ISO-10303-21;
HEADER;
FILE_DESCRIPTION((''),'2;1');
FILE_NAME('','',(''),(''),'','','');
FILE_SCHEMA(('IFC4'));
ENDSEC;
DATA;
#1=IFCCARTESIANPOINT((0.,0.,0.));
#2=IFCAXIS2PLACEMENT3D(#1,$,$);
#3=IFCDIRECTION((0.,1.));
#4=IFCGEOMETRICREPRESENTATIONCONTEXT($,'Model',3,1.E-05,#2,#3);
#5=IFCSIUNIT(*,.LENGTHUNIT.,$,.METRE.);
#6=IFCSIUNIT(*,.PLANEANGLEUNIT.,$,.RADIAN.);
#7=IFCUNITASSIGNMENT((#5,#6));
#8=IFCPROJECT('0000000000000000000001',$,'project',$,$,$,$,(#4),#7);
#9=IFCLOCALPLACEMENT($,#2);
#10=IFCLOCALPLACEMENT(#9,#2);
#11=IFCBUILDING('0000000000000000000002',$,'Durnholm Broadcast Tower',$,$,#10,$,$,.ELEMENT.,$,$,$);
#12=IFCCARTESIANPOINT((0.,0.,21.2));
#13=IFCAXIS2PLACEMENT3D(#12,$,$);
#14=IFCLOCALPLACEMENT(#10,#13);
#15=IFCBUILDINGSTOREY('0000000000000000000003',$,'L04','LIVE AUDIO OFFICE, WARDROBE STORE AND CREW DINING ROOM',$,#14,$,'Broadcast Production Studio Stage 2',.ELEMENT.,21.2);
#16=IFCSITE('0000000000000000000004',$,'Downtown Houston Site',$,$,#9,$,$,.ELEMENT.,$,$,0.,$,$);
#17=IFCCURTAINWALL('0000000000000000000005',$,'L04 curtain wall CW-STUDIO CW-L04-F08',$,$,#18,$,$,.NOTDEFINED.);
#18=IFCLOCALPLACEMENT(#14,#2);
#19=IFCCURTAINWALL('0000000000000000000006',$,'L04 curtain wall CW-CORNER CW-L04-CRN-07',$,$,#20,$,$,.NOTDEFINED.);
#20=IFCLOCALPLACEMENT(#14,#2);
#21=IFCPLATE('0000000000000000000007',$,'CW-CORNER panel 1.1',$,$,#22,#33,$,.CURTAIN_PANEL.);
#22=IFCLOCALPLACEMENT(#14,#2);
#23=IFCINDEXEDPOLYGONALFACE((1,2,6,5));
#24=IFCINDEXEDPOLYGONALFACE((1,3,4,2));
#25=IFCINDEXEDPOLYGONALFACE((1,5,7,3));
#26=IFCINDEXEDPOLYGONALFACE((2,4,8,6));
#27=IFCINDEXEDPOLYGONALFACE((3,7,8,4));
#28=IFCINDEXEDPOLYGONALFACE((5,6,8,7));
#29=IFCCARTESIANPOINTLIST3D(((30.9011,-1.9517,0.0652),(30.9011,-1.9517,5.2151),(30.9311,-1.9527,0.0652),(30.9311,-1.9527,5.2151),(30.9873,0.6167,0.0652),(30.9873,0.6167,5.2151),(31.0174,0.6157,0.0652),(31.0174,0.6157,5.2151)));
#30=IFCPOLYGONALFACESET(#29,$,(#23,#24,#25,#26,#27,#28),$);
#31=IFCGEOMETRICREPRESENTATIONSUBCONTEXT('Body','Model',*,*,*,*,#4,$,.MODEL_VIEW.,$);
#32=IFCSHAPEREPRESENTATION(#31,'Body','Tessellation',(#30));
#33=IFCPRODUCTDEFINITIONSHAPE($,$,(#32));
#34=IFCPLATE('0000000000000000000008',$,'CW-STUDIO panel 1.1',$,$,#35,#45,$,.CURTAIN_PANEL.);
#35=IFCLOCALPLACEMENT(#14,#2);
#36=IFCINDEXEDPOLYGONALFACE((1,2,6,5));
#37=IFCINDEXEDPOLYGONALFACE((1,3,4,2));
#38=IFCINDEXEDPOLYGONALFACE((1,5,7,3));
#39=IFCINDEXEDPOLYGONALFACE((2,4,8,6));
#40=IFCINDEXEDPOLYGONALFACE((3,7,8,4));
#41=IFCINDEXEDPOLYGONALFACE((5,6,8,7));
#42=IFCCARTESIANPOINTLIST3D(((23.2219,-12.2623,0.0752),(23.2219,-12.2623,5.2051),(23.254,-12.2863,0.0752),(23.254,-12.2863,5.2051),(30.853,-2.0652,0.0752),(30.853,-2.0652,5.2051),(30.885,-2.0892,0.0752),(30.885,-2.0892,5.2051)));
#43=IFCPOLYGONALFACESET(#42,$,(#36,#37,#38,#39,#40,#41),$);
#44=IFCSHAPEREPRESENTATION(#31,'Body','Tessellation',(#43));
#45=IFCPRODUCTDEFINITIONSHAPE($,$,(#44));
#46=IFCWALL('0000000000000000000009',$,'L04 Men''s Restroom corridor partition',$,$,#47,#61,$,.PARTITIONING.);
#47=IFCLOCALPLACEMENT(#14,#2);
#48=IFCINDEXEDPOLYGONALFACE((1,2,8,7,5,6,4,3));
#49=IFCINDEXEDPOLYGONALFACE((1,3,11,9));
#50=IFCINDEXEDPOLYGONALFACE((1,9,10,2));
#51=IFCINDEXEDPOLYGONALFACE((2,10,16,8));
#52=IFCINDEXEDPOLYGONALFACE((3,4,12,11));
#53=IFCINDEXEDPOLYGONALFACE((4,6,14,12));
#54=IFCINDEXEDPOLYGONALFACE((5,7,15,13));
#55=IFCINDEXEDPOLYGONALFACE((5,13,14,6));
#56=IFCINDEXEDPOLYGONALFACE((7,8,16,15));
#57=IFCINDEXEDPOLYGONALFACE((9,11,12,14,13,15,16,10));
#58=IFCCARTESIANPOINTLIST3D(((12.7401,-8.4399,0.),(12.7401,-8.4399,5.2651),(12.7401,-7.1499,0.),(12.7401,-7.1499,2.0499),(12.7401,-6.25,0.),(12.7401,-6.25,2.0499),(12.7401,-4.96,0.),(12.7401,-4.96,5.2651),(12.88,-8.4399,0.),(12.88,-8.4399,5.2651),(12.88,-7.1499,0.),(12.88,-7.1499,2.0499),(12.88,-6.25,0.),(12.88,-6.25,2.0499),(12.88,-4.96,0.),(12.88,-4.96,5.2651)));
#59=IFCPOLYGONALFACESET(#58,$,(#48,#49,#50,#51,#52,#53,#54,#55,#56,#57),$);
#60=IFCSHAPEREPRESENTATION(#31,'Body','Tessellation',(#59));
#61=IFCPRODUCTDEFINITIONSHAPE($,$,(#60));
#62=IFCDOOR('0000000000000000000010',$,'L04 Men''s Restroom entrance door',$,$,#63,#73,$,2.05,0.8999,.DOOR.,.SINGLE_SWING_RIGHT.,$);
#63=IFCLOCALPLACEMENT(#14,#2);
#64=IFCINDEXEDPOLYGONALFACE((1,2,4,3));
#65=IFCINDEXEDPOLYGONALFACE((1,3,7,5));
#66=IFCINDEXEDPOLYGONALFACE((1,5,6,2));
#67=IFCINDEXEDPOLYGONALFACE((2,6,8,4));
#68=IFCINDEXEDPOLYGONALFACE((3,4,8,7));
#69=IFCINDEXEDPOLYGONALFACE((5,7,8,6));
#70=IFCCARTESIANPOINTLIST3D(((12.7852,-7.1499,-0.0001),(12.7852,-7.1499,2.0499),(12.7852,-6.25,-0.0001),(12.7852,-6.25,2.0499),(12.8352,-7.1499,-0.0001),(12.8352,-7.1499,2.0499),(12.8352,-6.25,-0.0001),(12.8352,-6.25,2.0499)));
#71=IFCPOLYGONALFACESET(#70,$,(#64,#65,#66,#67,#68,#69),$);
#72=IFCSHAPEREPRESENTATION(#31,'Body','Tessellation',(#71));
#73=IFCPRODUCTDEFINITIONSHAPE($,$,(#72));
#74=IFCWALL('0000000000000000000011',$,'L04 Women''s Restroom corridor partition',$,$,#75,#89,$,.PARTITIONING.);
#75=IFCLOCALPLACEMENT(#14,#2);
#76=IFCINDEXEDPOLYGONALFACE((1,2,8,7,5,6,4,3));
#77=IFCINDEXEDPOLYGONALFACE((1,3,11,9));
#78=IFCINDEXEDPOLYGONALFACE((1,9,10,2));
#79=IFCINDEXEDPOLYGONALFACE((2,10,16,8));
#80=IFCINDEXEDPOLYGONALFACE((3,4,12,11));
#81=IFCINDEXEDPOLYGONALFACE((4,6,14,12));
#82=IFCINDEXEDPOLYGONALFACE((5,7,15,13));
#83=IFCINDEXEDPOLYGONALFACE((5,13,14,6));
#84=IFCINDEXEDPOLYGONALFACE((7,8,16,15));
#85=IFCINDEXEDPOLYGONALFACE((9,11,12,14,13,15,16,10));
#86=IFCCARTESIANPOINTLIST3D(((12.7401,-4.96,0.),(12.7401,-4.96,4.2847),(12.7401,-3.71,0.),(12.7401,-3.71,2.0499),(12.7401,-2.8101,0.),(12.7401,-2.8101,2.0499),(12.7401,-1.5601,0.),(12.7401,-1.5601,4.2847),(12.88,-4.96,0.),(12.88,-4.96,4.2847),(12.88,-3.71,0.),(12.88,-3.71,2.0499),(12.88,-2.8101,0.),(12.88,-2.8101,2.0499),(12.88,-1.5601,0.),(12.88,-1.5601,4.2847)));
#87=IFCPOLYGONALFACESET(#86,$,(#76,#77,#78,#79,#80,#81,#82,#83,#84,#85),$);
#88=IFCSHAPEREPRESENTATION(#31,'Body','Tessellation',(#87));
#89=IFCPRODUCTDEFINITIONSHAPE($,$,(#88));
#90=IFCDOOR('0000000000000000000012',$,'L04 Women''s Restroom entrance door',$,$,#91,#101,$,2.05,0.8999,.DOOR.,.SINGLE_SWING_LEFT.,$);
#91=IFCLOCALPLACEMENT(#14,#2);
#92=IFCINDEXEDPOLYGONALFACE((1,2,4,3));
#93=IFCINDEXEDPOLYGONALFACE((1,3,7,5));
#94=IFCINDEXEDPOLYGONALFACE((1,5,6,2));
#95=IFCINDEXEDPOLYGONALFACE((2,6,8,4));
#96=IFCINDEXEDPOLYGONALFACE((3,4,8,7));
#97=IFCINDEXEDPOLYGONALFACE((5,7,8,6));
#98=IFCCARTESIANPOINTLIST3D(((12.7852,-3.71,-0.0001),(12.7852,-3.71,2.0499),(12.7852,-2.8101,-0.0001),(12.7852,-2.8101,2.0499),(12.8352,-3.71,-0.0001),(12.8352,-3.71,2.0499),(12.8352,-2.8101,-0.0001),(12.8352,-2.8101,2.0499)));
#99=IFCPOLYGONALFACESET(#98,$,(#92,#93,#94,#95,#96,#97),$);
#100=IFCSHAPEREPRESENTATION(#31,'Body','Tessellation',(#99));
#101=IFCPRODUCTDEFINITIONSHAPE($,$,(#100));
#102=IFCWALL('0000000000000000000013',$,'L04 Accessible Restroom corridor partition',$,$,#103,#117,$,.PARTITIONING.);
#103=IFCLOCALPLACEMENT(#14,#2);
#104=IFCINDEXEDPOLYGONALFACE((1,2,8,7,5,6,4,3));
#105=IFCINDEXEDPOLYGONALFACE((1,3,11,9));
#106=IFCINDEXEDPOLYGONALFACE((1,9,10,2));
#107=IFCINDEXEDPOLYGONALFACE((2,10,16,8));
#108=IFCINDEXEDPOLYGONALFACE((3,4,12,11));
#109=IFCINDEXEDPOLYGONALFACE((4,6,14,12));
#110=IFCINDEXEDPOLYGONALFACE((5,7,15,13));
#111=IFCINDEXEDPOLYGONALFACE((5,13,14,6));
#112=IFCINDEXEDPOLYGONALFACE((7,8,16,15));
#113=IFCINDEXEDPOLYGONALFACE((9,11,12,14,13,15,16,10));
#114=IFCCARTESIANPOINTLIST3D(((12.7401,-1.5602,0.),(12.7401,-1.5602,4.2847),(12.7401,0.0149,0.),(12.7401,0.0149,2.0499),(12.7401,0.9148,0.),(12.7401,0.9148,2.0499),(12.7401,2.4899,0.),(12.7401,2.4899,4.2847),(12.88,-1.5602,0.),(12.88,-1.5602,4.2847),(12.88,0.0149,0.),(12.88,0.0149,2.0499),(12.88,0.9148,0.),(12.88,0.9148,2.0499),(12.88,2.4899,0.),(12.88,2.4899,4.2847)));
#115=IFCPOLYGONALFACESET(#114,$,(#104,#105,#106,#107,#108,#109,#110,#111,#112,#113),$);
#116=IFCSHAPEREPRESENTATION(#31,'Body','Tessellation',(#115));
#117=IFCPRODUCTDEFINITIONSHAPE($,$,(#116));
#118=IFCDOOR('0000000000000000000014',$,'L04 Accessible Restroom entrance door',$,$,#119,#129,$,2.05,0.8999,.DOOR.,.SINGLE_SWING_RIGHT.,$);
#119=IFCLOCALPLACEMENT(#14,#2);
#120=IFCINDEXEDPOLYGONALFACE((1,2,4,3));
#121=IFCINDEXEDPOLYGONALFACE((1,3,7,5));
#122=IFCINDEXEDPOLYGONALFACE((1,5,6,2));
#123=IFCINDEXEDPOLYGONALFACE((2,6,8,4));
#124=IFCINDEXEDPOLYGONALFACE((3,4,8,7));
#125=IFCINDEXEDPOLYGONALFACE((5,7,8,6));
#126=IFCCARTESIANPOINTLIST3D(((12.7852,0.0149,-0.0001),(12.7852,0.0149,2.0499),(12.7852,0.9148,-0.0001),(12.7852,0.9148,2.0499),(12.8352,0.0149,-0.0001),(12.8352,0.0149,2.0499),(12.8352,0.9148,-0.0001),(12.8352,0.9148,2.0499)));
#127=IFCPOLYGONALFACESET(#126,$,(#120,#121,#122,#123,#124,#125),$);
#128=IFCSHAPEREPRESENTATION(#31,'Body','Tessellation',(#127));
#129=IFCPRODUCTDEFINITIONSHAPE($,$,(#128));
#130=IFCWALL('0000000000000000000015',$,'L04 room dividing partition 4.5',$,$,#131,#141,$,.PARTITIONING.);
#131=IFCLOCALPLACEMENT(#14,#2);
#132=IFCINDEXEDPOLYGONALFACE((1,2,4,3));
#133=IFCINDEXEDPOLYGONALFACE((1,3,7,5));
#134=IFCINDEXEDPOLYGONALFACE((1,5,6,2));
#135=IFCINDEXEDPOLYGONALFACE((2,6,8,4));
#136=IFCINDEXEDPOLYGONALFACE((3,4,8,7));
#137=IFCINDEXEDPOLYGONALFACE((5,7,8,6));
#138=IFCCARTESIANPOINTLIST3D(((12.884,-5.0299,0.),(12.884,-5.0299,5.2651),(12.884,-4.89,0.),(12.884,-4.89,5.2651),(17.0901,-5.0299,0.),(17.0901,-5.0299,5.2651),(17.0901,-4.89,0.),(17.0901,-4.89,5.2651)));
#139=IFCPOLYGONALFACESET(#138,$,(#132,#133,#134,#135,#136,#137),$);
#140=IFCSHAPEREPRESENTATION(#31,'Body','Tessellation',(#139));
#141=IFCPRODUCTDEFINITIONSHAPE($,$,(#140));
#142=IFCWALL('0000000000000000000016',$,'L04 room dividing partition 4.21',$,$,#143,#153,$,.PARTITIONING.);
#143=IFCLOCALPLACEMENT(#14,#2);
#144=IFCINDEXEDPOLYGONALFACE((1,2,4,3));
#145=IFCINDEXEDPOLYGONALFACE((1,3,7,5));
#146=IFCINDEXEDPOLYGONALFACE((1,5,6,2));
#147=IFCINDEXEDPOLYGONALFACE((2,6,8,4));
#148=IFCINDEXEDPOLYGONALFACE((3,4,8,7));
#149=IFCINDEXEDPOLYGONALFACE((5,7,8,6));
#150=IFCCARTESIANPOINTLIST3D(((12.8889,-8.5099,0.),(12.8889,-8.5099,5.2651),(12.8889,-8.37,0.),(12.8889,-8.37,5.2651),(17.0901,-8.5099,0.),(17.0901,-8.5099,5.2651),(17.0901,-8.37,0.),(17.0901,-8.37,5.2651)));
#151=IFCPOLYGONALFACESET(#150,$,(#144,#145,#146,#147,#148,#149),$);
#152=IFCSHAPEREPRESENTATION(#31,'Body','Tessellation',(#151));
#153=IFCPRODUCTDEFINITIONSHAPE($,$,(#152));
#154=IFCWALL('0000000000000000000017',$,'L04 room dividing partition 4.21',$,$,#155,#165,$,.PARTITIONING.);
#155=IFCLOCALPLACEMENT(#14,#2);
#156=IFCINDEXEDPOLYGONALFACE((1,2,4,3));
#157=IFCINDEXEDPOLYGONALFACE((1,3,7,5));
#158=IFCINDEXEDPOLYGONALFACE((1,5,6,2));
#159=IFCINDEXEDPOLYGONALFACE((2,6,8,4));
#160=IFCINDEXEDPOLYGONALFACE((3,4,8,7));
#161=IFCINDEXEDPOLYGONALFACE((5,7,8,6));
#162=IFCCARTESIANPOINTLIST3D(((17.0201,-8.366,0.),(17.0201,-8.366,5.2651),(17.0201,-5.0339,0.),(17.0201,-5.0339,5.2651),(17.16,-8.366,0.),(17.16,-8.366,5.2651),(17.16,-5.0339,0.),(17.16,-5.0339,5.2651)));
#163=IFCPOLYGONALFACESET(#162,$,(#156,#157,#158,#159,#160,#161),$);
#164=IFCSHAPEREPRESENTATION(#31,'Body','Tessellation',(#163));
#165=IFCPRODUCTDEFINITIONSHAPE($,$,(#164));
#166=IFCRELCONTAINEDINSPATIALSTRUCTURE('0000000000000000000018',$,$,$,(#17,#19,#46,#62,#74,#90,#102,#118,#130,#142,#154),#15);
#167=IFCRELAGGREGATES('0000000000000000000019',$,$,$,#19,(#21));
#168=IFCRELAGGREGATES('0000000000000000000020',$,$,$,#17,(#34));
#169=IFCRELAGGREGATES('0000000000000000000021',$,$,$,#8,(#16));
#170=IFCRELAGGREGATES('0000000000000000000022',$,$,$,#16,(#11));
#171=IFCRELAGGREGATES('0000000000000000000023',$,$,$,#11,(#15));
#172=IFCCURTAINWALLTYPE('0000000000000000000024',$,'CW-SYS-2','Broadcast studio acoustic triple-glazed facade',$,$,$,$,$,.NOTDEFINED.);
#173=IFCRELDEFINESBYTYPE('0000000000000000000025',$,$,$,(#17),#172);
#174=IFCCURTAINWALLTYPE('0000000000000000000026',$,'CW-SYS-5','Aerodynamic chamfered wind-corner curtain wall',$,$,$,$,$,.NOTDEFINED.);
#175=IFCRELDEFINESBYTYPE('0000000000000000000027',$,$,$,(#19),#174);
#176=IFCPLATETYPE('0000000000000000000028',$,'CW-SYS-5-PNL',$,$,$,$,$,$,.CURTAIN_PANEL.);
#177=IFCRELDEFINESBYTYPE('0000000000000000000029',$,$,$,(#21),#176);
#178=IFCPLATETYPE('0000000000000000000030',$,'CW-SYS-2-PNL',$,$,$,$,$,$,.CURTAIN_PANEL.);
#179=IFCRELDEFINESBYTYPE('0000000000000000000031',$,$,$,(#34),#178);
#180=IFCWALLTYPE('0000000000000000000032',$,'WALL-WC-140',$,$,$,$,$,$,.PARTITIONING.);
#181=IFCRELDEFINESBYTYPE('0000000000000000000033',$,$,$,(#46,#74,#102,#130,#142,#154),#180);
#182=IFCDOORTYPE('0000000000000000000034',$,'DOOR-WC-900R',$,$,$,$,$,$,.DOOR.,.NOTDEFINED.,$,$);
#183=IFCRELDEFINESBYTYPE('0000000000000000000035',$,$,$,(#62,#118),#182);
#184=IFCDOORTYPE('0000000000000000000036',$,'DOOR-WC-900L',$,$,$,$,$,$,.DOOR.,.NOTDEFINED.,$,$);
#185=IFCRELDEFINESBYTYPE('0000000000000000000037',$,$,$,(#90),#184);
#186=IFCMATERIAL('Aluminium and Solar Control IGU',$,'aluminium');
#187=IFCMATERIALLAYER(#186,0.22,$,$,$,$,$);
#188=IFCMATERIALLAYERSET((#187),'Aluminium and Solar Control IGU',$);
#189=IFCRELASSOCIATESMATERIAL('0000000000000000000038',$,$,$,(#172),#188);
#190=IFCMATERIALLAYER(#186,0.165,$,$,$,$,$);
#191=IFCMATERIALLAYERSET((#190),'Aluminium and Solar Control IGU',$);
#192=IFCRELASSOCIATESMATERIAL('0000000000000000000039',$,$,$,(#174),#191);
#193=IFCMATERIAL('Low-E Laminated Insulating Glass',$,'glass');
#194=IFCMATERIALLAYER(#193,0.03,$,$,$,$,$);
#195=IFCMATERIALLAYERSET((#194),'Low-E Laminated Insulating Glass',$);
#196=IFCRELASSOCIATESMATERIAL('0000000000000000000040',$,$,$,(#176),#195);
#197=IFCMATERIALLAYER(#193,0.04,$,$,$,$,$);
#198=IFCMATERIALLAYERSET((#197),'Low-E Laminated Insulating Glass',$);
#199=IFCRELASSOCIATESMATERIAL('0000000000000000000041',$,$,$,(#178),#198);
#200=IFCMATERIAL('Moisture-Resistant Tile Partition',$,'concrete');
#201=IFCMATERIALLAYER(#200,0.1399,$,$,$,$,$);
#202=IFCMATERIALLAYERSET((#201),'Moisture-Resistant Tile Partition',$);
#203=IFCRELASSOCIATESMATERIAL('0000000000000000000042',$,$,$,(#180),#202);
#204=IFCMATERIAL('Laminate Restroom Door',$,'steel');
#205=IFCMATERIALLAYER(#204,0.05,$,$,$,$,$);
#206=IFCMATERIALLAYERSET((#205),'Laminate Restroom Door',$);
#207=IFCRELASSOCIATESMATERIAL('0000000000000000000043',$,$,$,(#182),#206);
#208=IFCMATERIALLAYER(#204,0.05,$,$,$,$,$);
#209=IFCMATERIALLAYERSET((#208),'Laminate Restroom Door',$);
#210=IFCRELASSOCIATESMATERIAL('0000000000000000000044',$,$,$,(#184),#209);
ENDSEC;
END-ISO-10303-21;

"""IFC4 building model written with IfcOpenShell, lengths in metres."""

from ifc_helpers import new_model, si_unit, direction, frame, frame_2d, origin, origin_2d, place, context, subcontext, project, spatial, rectangle, extrude, source, transform, mapped, material, layer, layer_set, type_object, type_shapes, element, fill, aggregate, save


model = new_model("IFC4")

# Units and contexts
model_context = context("Model", 3, precision=1e-05, world=origin(), true_north=direction((0.0, 1.0)))
body_context = subcontext(model_context, "Body", "Model", "MODEL_VIEW")
ifc_project = project(units=[si_unit("LENGTHUNIT", "METRE"), si_unit("PLANEANGLEUNIT", "RADIAN")], contexts=[model_context])

# Site, building, storey
site_placement = place(None, origin())
site = spatial("IfcSite", under=ifc_project, at=site_placement, Name="Downtown Houston Site", CompositionType="ELEMENT", RefElevation=0.0)
building_placement = place(site_placement, origin())
building = spatial("IfcBuilding", under=site, at=building_placement, Name="Durnholm Broadcast Tower", CompositionType="ELEMENT")
storey_placement = place(building_placement, frame((0.0, 0.0, 21.2)))
storey = spatial("IfcBuildingStorey", under=building, at=storey_placement, Name="L04", Description="LIVE AUDIO OFFICE, WARDROBE STORE AND CREW DINING ROOM", LongName="Broadcast Production Studio Stage 2", CompositionType="ELEMENT", Elevation=21.2)

# Curtain wall
ifc_material_1 = material(Name="Aluminium and Solar Control IGU", Category="aluminium")
ifc_layer_1 = layer(ifc_material_1, 0.22)
ifc_layer_set_1 = layer_set([ifc_layer_1], Name="Aluminium and Solar Control IGU")
curtain_wall_type_1 = type_object("IfcCurtainWallType", Name="CW-SYS-2", Description="Broadcast studio acoustic triple-glazed facade", PredefinedType="NOTDEFINED", material=ifc_layer_set_1)
curtain_wall_1_placement = place(storey_placement, origin())
curtain_wall_1 = element("IfcCurtainWall", 1, at=curtain_wall_1_placement, inside=storey, type_object=curtain_wall_type_1, Name="L04 curtain wall CW-STUDIO CW-L04-F08", PredefinedType="NOTDEFINED")

# Curtain wall
ifc_layer_2 = layer(ifc_material_1, 0.165)
ifc_layer_set_2 = layer_set([ifc_layer_2], Name="Aluminium and Solar Control IGU")
curtain_wall_type_2 = type_object("IfcCurtainWallType", Name="CW-SYS-5", Description="Aerodynamic chamfered wind-corner curtain wall", PredefinedType="NOTDEFINED", material=ifc_layer_set_2)
curtain_wall_2_placement = place(storey_placement, origin())
curtain_wall_2 = element("IfcCurtainWall", 2, at=curtain_wall_2_placement, inside=storey, type_object=curtain_wall_type_2, Name="L04 curtain wall CW-CORNER CW-L04-CRN-07", PredefinedType="NOTDEFINED")

# Plates
ifc_material_2 = material(Name="Low-E Laminated Insulating Glass", Category="glass")
ifc_layer_3 = layer(ifc_material_2, 0.03)
ifc_layer_set_3 = layer_set([ifc_layer_3], Name="Low-E Laminated Insulating Glass")
plate_type_1 = type_object("IfcPlateType", Name="CW-SYS-5-PNL", PredefinedType="CURTAIN_PANEL", material=ifc_layer_set_3)
shared_shape_1 = source(origin(), body_context, "Body", "SweptSolid", [
    extrude(rectangle(XDim=2.5698, YDim=0.03, at=origin_2d()), origin(), (0.0, 0.0, 1.0), 5.1499),
])
type_shapes(plate_type_1, [shared_shape_1])
plate_1_placement = place(storey_placement, frame((30.9592, -0.668, 0.0652), z_axis=(0.0, 0.0, 1.0), x_axis=(-0.033557, -0.999437, 0.0)))
plate_1 = element("IfcPlate", 3, at=plate_1_placement, type_object=plate_type_1, Name="CW-CORNER panel 1.1", PredefinedType="CURTAIN_PANEL", context=body_context, shape_type="MappedRepresentation", body=[
    mapped(shared_shape_1, transform((0.0, 0.0, 0.0), x_axis=(1.0, 0.0, 0.0), y_axis=(0.0, 1.0, 0.0), z_axis=(0.0, 0.0, 1.0), scale=1.0)),
])
aggregate(curtain_wall_2, [plate_1])
ifc_layer_4 = layer(ifc_material_2, 0.04)
ifc_layer_set_4 = layer_set([ifc_layer_4], Name="Low-E Laminated Insulating Glass")
plate_type_2 = type_object("IfcPlateType", Name="CW-SYS-2-PNL", PredefinedType="CURTAIN_PANEL", material=ifc_layer_set_4)
shared_shape_2 = source(origin(), body_context, "Body", "SweptSolid", [
    extrude(rectangle(XDim=12.7363, YDim=0.04, at=origin_2d()), origin(), (0.0, 0.0, 1.0), 5.1299),
])
type_shapes(plate_type_2, [shared_shape_2])
plate_2_placement = place(storey_placement, frame((27.0535, -7.1758, 0.0752), z_axis=(0.0, 0.0, 1.0), x_axis=(-0.599157, -0.800632, 0.0)))
plate_2 = element("IfcPlate", 4, at=plate_2_placement, type_object=plate_type_2, Name="CW-STUDIO panel 1.1", PredefinedType="CURTAIN_PANEL", context=body_context, shape_type="MappedRepresentation", body=[
    mapped(shared_shape_2, transform((0.0, 0.0, 0.0), x_axis=(1.0, 0.0, 0.0), y_axis=(0.0, 1.0, 0.0), z_axis=(0.0, 0.0, 1.0), scale=1.0)),
])
aggregate(curtain_wall_1, [plate_2])

# Walls, openings, doors
ifc_material_3 = material(Name="Moisture-Resistant Tile Partition", Category="concrete")
ifc_layer_5 = layer(ifc_material_3, 0.1399)
ifc_layer_set_5 = layer_set([ifc_layer_5], Name="Moisture-Resistant Tile Partition")
wall_type = type_object("IfcWallType", Name="WALL-WC-140", PredefinedType="PARTITIONING", material=ifc_layer_set_5)
wall_1_placement = place(storey_placement, frame((12.8101, -8.4399, 0.0), z_axis=(0.0, 0.0, 1.0), x_axis=(0.0, 1.0, 0.0)))
wall_1 = element("IfcWall", 5, at=wall_1_placement, inside=storey, type_object=wall_type, Name="L04 Men's Restroom corridor partition", PredefinedType="PARTITIONING", context=body_context, shape_type="SweptSolid", body=[
    extrude(rectangle(XDim=3.48, YDim=0.1399, at=frame_2d((1.74, 0.0))), origin(), (0.0, 0.0, 1.0), 5.2651),
])
opening_1_placement = place(wall_1_placement, frame((1.29, 0.0, 0.0)))
opening_1 = element("IfcOpeningElement", 6, at=opening_1_placement, cuts=wall_1, PredefinedType="OPENING", context=body_context, shape_type="SweptSolid", body=[
    extrude(rectangle(XDim=0.8999, YDim=2.05, at=frame_2d((0.45, 1.0249))), frame((0.0, 0.0801, 0.0), z_axis=(0.0, -1.0, 0.0), x_axis=(1.0, 0.0, 0.0)), (0.0, 0.0, 1.0), 0.1599),
])
ifc_material_4 = material(Name="Laminate Restroom Door", Category="steel")
ifc_layer_6 = layer(ifc_material_4, 0.05)
ifc_layer_set_6 = layer_set([ifc_layer_6], Name="Laminate Restroom Door")
door_type_1 = type_object("IfcDoorType", Name="DOOR-WC-900R", OperationType="NOTDEFINED", PredefinedType="DOOR", material=ifc_layer_set_6)
shared_shape_3 = source(origin(), body_context, "Body", "SweptSolid", [
    extrude(rectangle(XDim=0.8999, YDim=2.05, at=frame_2d((0.45, 1.0249))), frame((0.0, 0.0249, 0.0), z_axis=(0.0, -1.0, 0.0), x_axis=(1.0, 0.0, 0.0)), (0.0, 0.0, 1.0), 0.05),
])
type_shapes(door_type_1, [shared_shape_3])
door_1_placement = place(opening_1_placement, origin())
door_1 = element("IfcDoor", 7, at=door_1_placement, inside=storey, type_object=door_type_1, Name="L04 Men's Restroom entrance door", OperationType="SINGLE_SWING_RIGHT", OverallHeight=2.05, OverallWidth=0.8999, PredefinedType="DOOR", context=body_context, shape_type="MappedRepresentation", body=[
    mapped(shared_shape_3, transform((0.0, 0.0, 0.0), x_axis=(1.0, 0.0, 0.0), y_axis=(0.0, 1.0, 0.0), z_axis=(0.0, 0.0, 1.0), scale=1.0)),
])
fill(opening_1, door_1)
wall_2_placement = place(storey_placement, frame((12.8101, -4.96, 0.0), z_axis=(0.0, 0.0, 1.0), x_axis=(0.0, 1.0, 0.0)))
wall_2 = element("IfcWall", 8, at=wall_2_placement, inside=storey, type_object=wall_type, Name="L04 Women's Restroom corridor partition", PredefinedType="PARTITIONING", context=body_context, shape_type="SweptSolid", body=[
    extrude(rectangle(XDim=3.3999, YDim=0.1399, at=frame_2d((1.7, 0.0))), origin(), (0.0, 0.0, 1.0), 4.2847),
])
opening_2_placement = place(wall_2_placement, frame((1.25, 0.0, 0.0)))
opening_2 = element("IfcOpeningElement", 9, at=opening_2_placement, cuts=wall_2, PredefinedType="OPENING", context=body_context, shape_type="SweptSolid", body=[
    extrude(rectangle(XDim=0.8999, YDim=2.05, at=frame_2d((0.45, 1.0249))), frame((0.0, 0.0801, 0.0), z_axis=(0.0, -1.0, 0.0), x_axis=(1.0, 0.0, 0.0)), (0.0, 0.0, 1.0), 0.1599),
])
ifc_layer_7 = layer(ifc_material_4, 0.05)
ifc_layer_set_7 = layer_set([ifc_layer_7], Name="Laminate Restroom Door")
door_type_2 = type_object("IfcDoorType", Name="DOOR-WC-900L", OperationType="NOTDEFINED", PredefinedType="DOOR", material=ifc_layer_set_7)
shared_shape_4 = source(origin(), body_context, "Body", "SweptSolid", [
    extrude(rectangle(XDim=0.8999, YDim=2.05, at=frame_2d((0.45, 1.0249))), frame((0.0, 0.0249, 0.0), z_axis=(0.0, -1.0, 0.0), x_axis=(1.0, 0.0, 0.0)), (0.0, 0.0, 1.0), 0.05),
])
type_shapes(door_type_2, [shared_shape_4])
door_2_placement = place(opening_2_placement, origin())
door_2 = element("IfcDoor", 10, at=door_2_placement, inside=storey, type_object=door_type_2, Name="L04 Women's Restroom entrance door", OperationType="SINGLE_SWING_LEFT", OverallHeight=2.05, OverallWidth=0.8999, PredefinedType="DOOR", context=body_context, shape_type="MappedRepresentation", body=[
    mapped(shared_shape_4, transform((0.0, 0.0, 0.0), x_axis=(1.0, 0.0, 0.0), y_axis=(0.0, 1.0, 0.0), z_axis=(0.0, 0.0, 1.0), scale=1.0)),
])
fill(opening_2, door_2)
wall_3_placement = place(storey_placement, frame((12.8101, -1.5601, 0.0), z_axis=(0.0, 0.0, 1.0), x_axis=(0.0, 1.0, 0.0)))
wall_3 = element("IfcWall", 11, at=wall_3_placement, inside=storey, type_object=wall_type, Name="L04 Accessible Restroom corridor partition", PredefinedType="PARTITIONING", context=body_context, shape_type="SweptSolid", body=[
    extrude(rectangle(XDim=4.05, YDim=0.1399, at=frame_2d((2.0249, 0.0))), origin(), (0.0, 0.0, 1.0), 4.2847),
])
opening_3_placement = place(wall_3_placement, frame((1.575, 0.0, 0.0)))
opening_3 = element("IfcOpeningElement", 12, at=opening_3_placement, cuts=wall_3, PredefinedType="OPENING", context=body_context, shape_type="SweptSolid", body=[
    extrude(rectangle(XDim=0.8999, YDim=2.05, at=frame_2d((0.45, 1.0249))), frame((0.0, 0.0801, 0.0), z_axis=(0.0, -1.0, 0.0), x_axis=(1.0, 0.0, 0.0)), (0.0, 0.0, 1.0), 0.1599),
])
door_3_placement = place(opening_3_placement, origin())
door_3 = element("IfcDoor", 13, at=door_3_placement, inside=storey, type_object=door_type_1, Name="L04 Accessible Restroom entrance door", OperationType="SINGLE_SWING_RIGHT", OverallHeight=2.05, OverallWidth=0.8999, PredefinedType="DOOR", context=body_context, shape_type="MappedRepresentation", body=[
    mapped(shared_shape_3, transform((0.0, 0.0, 0.0), x_axis=(1.0, 0.0, 0.0), y_axis=(0.0, 1.0, 0.0), z_axis=(0.0, 0.0, 1.0), scale=1.0)),
])
fill(opening_3, door_3)

# Walls
wall_4_placement = place(storey_placement, frame((12.884, -4.96, 0.0), z_axis=(0.0, 0.0, 1.0), x_axis=(1.0, 0.0, 0.0)))
element("IfcWall", 14, at=wall_4_placement, inside=storey, type_object=wall_type, Name="L04 room dividing partition 4.5", PredefinedType="PARTITIONING", context=body_context, shape_type="SweptSolid", body=[
    extrude(rectangle(XDim=4.2061, YDim=0.1399, at=frame_2d((2.103, 0.0))), origin(), (0.0, 0.0, 1.0), 5.2651),
])
wall_5_placement = place(storey_placement, frame((17.0901, -8.4399, 0.0), z_axis=(0.0, 0.0, 1.0), x_axis=(-1.0, 0.0, 0.0)))
element("IfcWall", 15, at=wall_5_placement, inside=storey, type_object=wall_type, Name="L04 room dividing partition 4.21", PredefinedType="PARTITIONING", context=body_context, shape_type="SweptSolid", body=[
    extrude(rectangle(XDim=4.2012, YDim=0.1399, at=frame_2d((2.1006, 0.0))), origin(), (0.0, 0.0, 1.0), 5.2651),
])
wall_6_placement = place(storey_placement, frame((17.0901, -5.0339, 0.0), z_axis=(0.0, 0.0, 1.0), x_axis=(0.0, -1.0, 0.0)))
element("IfcWall", 16, at=wall_6_placement, inside=storey, type_object=wall_type, Name="L04 room dividing partition 4.21", PredefinedType="PARTITIONING", context=body_context, shape_type="SweptSolid", body=[
    extrude(rectangle(XDim=3.332, YDim=0.1399, at=frame_2d((1.666, 0.0))), origin(), (0.0, 0.0, 1.0), 5.2651),
])

save(model, "model.ifc")
